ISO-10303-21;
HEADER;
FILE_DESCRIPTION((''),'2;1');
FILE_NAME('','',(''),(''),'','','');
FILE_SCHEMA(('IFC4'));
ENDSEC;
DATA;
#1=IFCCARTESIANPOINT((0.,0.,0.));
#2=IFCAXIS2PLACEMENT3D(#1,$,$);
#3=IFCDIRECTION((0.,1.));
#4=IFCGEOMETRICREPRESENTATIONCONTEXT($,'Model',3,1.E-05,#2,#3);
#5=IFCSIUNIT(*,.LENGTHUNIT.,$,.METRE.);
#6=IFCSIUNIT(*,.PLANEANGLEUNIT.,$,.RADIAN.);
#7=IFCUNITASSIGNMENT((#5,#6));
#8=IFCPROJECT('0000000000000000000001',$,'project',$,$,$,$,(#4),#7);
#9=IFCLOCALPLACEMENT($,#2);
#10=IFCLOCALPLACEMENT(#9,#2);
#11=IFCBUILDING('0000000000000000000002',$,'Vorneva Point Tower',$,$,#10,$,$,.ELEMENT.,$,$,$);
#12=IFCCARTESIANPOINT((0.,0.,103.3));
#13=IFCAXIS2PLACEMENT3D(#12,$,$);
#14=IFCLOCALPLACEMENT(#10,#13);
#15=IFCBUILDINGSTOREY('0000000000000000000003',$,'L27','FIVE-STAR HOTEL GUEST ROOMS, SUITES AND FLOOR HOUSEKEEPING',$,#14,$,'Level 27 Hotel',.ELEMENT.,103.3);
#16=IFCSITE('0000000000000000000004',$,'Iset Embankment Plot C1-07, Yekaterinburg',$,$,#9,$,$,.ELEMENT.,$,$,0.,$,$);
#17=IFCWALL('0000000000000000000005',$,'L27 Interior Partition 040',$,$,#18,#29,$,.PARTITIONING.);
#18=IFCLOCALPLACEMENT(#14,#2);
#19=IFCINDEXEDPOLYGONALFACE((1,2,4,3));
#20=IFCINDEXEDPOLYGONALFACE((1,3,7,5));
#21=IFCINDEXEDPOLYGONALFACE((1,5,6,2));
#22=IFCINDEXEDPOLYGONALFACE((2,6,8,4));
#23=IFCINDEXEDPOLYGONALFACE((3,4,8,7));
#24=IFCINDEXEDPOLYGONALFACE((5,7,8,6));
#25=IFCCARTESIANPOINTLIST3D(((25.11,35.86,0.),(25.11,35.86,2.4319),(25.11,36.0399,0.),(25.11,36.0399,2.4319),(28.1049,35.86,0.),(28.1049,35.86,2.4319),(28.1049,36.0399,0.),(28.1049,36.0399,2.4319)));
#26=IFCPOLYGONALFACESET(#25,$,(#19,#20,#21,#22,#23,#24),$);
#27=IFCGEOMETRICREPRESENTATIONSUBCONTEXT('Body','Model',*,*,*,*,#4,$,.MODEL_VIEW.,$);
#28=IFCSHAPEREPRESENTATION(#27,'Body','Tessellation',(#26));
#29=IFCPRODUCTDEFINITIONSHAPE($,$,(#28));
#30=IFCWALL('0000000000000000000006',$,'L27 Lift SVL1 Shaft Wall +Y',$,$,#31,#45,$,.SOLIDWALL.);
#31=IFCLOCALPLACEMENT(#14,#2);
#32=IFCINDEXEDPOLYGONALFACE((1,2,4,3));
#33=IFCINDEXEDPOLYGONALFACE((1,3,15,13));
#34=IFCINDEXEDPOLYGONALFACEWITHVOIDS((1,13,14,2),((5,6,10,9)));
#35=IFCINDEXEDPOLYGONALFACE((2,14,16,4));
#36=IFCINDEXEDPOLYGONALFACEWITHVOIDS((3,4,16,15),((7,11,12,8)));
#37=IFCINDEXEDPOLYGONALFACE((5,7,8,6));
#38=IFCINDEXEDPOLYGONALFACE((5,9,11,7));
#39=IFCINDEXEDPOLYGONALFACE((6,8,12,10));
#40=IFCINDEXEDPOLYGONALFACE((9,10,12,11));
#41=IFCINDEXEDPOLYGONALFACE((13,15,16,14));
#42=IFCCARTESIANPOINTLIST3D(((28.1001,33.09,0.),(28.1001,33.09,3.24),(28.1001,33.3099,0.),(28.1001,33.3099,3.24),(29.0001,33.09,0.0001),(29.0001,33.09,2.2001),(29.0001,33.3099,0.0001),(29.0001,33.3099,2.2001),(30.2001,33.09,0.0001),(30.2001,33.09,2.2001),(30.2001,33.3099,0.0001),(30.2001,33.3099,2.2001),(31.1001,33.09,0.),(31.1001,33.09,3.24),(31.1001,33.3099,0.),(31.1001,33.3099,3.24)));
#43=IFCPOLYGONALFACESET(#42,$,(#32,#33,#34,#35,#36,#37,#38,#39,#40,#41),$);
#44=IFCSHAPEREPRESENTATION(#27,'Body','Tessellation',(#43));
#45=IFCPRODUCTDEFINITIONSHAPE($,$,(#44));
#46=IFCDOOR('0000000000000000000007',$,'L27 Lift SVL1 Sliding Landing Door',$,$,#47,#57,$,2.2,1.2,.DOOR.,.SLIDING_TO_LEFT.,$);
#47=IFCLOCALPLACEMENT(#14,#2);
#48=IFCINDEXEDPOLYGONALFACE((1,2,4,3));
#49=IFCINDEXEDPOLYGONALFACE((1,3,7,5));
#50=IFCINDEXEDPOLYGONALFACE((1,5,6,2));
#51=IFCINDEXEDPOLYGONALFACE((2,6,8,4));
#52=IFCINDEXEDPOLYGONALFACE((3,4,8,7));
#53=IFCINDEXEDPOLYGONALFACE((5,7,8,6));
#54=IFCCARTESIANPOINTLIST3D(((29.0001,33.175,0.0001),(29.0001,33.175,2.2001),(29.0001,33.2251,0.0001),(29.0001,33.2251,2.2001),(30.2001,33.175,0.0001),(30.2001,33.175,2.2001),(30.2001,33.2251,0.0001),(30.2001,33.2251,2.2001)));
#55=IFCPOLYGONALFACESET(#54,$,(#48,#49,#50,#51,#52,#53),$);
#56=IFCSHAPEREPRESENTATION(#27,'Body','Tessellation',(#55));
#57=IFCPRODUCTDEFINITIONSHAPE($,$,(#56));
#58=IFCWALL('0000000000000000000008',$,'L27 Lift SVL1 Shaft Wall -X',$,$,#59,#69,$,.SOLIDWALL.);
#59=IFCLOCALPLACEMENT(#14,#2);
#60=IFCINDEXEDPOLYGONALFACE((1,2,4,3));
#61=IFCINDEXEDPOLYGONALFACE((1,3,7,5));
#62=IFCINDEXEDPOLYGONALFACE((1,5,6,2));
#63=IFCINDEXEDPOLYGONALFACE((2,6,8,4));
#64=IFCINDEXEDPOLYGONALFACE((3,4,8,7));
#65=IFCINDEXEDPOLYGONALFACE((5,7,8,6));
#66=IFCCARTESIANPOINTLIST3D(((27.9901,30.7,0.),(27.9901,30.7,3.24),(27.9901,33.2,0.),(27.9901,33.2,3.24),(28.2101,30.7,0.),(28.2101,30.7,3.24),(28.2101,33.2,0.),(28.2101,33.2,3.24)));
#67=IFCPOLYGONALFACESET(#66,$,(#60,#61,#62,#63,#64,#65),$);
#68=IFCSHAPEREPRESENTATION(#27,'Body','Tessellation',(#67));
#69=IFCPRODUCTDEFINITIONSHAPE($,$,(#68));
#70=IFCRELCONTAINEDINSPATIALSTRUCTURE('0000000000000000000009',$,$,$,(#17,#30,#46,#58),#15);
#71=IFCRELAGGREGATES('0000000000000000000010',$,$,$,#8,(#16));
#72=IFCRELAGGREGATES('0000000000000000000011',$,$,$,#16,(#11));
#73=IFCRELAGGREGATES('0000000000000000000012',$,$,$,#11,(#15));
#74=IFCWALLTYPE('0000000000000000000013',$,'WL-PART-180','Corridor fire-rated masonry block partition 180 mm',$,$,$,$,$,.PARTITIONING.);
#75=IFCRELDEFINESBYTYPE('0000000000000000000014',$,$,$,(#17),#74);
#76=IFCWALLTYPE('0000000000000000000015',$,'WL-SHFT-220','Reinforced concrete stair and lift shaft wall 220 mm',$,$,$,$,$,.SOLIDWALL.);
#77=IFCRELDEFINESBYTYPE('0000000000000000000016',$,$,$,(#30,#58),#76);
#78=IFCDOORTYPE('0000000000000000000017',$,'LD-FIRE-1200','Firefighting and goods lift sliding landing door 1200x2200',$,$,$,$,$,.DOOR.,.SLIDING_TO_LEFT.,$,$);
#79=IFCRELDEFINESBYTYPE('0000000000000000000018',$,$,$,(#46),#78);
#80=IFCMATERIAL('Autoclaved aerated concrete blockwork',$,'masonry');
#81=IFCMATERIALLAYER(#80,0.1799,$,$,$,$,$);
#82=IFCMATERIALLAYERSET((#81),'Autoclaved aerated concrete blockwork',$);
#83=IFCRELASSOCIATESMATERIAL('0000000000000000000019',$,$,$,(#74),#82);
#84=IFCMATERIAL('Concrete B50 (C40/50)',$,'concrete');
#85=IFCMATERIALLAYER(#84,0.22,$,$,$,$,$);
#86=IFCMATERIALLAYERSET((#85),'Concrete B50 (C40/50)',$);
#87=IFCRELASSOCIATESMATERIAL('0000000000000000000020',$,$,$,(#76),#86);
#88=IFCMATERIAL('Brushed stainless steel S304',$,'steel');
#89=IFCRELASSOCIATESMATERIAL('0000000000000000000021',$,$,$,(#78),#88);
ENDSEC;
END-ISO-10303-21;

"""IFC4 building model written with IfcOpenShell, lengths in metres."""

from ifc_helpers import new_model, si_unit, direction, frame, frame_2d, origin, place, context, subcontext, project, spatial, rectangle, extrude, material, layer, layer_set, type_object, element, fill, save


model = new_model("IFC4")

# Units and contexts
model_context = context("Model", 3, precision=1e-05, world=origin(), true_north=direction((0.0, 1.0)))
body_context = subcontext(model_context, "Body", "Model", "MODEL_VIEW")
ifc_project = project(units=[si_unit("LENGTHUNIT", "METRE"), si_unit("PLANEANGLEUNIT", "RADIAN")], contexts=[model_context])

# Site, building, storey
site_placement = place(None, origin())
site = spatial("IfcSite", under=ifc_project, at=site_placement, Name="Iset Embankment Plot C1-07, Yekaterinburg", CompositionType="ELEMENT", RefElevation=0.0)
building_placement = place(site_placement, origin())
building = spatial("IfcBuilding", under=site, at=building_placement, Name="Vorneva Point Tower", CompositionType="ELEMENT")
storey_placement = place(building_placement, frame((0.0, 0.0, 103.3)))
storey = spatial("IfcBuildingStorey", under=building, at=storey_placement, Name="L27", Description="FIVE-STAR HOTEL GUEST ROOMS, SUITES AND FLOOR HOUSEKEEPING", LongName="Level 27 Hotel", CompositionType="ELEMENT", Elevation=103.3)

# Shared definitions
ifc_material_1 = material(Name="Autoclaved aerated concrete blockwork", Category="masonry")
ifc_layer_1 = layer(ifc_material_1, 0.1799)
ifc_layer_set_1 = layer_set([ifc_layer_1], Name="Autoclaved aerated concrete blockwork")
wall_type_1 = type_object("IfcWallType", Name="WL-PART-180", Description="Corridor fire-rated masonry block partition 180 mm", PredefinedType="PARTITIONING", material=ifc_layer_set_1)

# Wall
wall_1_placement = place(storey_placement, frame((28.105, 35.95, 0.0), z_axis=(0.0, 0.0, 1.0), x_axis=(-1.0, 0.0, 0.0)))
element("IfcWall", 1, at=wall_1_placement, inside=storey, type_object=wall_type_1, Name="L27 Interior Partition 040", PredefinedType="PARTITIONING", context=body_context, shape_type="SweptSolid", body=[
    extrude(rectangle(XDim=2.9949, YDim=0.1799, at=frame_2d((1.4976, 0.0))), origin(), (0.0, 0.0, 1.0), 2.4319),
])

# Wall, opening, door
ifc_material_2 = material(Name="Concrete B50 (C40/50)", Category="concrete")
ifc_layer_2 = layer(ifc_material_2, 0.22)
ifc_layer_set_2 = layer_set([ifc_layer_2], Name="Concrete B50 (C40/50)")
wall_type_2 = type_object("IfcWallType", Name="WL-SHFT-220", Description="Reinforced concrete stair and lift shaft wall 220 mm", PredefinedType="SOLIDWALL", material=ifc_layer_set_2)
wall_2_placement = place(storey_placement, frame((31.1001, 33.2, 0.0), z_axis=(0.0, 0.0, 1.0), x_axis=(-1.0, 0.0, 0.0)))
wall_2 = element("IfcWall", 2, at=wall_2_placement, inside=storey, type_object=wall_type_2, Name="L27 Lift SVL1 Shaft Wall +Y", PredefinedType="SOLIDWALL", context=body_context, shape_type="SweptSolid", body=[
    extrude(rectangle(XDim=3.0, YDim=0.22, at=frame_2d((1.5, 0.0))), origin(), (0.0, 0.0, 1.0), 3.24),
])
opening_1_placement = place(wall_2_placement, frame((0.8999, 0.0, 0.0)))
opening_1 = element("IfcOpeningElement", 3, at=opening_1_placement, cuts=wall_2, PredefinedType="OPENING", context=body_context, shape_type="SweptSolid", body=[
    extrude(rectangle(XDim=1.2, YDim=2.2, at=frame_2d((0.6001, 1.1001))), frame((0.0, 0.125, 0.0), z_axis=(0.0, -1.0, 0.0), x_axis=(1.0, 0.0, 0.0)), (0.0, 0.0, 1.0), 0.2498),
])
ifc_material_3 = material(Name="Brushed stainless steel S304", Category="steel")
door_type_1 = type_object("IfcDoorType", Name="LD-FIRE-1200", Description="Firefighting and goods lift sliding landing door 1200x2200", OperationType="SLIDING_TO_LEFT", PredefinedType="DOOR", material=ifc_material_3)
door_1_placement = place(opening_1_placement, origin())
door_1 = element("IfcDoor", 4, at=door_1_placement, inside=storey, type_object=door_type_1, Name="L27 Lift SVL1 Sliding Landing Door", OperationType="SLIDING_TO_LEFT", OverallHeight=2.2, OverallWidth=1.2, PredefinedType="DOOR", context=body_context, shape_type="SweptSolid", body=[
    extrude(rectangle(XDim=1.2, YDim=2.2, at=frame_2d((0.6001, 1.1001))), frame((0.0, 0.0249, 0.0), z_axis=(0.0, -1.0, 0.0), x_axis=(1.0, 0.0, 0.0)), (0.0, 0.0, 1.0), 0.05),
])
fill(opening_1, door_1)

# Wall
wall_3_placement = place(storey_placement, frame((28.1001, 33.2, 0.0), z_axis=(0.0, 0.0, 1.0), x_axis=(0.0, -1.0, 0.0)))
element("IfcWall", 5, at=wall_3_placement, inside=storey, type_object=wall_type_2, Name="L27 Lift SVL1 Shaft Wall -X", PredefinedType="SOLIDWALL", context=body_context, shape_type="SweptSolid", body=[
    extrude(rectangle(XDim=2.5, YDim=0.22, at=frame_2d((1.25, 0.0))), origin(), (0.0, 0.0, 1.0), 3.24),
])

save(model, "model.ifc")
